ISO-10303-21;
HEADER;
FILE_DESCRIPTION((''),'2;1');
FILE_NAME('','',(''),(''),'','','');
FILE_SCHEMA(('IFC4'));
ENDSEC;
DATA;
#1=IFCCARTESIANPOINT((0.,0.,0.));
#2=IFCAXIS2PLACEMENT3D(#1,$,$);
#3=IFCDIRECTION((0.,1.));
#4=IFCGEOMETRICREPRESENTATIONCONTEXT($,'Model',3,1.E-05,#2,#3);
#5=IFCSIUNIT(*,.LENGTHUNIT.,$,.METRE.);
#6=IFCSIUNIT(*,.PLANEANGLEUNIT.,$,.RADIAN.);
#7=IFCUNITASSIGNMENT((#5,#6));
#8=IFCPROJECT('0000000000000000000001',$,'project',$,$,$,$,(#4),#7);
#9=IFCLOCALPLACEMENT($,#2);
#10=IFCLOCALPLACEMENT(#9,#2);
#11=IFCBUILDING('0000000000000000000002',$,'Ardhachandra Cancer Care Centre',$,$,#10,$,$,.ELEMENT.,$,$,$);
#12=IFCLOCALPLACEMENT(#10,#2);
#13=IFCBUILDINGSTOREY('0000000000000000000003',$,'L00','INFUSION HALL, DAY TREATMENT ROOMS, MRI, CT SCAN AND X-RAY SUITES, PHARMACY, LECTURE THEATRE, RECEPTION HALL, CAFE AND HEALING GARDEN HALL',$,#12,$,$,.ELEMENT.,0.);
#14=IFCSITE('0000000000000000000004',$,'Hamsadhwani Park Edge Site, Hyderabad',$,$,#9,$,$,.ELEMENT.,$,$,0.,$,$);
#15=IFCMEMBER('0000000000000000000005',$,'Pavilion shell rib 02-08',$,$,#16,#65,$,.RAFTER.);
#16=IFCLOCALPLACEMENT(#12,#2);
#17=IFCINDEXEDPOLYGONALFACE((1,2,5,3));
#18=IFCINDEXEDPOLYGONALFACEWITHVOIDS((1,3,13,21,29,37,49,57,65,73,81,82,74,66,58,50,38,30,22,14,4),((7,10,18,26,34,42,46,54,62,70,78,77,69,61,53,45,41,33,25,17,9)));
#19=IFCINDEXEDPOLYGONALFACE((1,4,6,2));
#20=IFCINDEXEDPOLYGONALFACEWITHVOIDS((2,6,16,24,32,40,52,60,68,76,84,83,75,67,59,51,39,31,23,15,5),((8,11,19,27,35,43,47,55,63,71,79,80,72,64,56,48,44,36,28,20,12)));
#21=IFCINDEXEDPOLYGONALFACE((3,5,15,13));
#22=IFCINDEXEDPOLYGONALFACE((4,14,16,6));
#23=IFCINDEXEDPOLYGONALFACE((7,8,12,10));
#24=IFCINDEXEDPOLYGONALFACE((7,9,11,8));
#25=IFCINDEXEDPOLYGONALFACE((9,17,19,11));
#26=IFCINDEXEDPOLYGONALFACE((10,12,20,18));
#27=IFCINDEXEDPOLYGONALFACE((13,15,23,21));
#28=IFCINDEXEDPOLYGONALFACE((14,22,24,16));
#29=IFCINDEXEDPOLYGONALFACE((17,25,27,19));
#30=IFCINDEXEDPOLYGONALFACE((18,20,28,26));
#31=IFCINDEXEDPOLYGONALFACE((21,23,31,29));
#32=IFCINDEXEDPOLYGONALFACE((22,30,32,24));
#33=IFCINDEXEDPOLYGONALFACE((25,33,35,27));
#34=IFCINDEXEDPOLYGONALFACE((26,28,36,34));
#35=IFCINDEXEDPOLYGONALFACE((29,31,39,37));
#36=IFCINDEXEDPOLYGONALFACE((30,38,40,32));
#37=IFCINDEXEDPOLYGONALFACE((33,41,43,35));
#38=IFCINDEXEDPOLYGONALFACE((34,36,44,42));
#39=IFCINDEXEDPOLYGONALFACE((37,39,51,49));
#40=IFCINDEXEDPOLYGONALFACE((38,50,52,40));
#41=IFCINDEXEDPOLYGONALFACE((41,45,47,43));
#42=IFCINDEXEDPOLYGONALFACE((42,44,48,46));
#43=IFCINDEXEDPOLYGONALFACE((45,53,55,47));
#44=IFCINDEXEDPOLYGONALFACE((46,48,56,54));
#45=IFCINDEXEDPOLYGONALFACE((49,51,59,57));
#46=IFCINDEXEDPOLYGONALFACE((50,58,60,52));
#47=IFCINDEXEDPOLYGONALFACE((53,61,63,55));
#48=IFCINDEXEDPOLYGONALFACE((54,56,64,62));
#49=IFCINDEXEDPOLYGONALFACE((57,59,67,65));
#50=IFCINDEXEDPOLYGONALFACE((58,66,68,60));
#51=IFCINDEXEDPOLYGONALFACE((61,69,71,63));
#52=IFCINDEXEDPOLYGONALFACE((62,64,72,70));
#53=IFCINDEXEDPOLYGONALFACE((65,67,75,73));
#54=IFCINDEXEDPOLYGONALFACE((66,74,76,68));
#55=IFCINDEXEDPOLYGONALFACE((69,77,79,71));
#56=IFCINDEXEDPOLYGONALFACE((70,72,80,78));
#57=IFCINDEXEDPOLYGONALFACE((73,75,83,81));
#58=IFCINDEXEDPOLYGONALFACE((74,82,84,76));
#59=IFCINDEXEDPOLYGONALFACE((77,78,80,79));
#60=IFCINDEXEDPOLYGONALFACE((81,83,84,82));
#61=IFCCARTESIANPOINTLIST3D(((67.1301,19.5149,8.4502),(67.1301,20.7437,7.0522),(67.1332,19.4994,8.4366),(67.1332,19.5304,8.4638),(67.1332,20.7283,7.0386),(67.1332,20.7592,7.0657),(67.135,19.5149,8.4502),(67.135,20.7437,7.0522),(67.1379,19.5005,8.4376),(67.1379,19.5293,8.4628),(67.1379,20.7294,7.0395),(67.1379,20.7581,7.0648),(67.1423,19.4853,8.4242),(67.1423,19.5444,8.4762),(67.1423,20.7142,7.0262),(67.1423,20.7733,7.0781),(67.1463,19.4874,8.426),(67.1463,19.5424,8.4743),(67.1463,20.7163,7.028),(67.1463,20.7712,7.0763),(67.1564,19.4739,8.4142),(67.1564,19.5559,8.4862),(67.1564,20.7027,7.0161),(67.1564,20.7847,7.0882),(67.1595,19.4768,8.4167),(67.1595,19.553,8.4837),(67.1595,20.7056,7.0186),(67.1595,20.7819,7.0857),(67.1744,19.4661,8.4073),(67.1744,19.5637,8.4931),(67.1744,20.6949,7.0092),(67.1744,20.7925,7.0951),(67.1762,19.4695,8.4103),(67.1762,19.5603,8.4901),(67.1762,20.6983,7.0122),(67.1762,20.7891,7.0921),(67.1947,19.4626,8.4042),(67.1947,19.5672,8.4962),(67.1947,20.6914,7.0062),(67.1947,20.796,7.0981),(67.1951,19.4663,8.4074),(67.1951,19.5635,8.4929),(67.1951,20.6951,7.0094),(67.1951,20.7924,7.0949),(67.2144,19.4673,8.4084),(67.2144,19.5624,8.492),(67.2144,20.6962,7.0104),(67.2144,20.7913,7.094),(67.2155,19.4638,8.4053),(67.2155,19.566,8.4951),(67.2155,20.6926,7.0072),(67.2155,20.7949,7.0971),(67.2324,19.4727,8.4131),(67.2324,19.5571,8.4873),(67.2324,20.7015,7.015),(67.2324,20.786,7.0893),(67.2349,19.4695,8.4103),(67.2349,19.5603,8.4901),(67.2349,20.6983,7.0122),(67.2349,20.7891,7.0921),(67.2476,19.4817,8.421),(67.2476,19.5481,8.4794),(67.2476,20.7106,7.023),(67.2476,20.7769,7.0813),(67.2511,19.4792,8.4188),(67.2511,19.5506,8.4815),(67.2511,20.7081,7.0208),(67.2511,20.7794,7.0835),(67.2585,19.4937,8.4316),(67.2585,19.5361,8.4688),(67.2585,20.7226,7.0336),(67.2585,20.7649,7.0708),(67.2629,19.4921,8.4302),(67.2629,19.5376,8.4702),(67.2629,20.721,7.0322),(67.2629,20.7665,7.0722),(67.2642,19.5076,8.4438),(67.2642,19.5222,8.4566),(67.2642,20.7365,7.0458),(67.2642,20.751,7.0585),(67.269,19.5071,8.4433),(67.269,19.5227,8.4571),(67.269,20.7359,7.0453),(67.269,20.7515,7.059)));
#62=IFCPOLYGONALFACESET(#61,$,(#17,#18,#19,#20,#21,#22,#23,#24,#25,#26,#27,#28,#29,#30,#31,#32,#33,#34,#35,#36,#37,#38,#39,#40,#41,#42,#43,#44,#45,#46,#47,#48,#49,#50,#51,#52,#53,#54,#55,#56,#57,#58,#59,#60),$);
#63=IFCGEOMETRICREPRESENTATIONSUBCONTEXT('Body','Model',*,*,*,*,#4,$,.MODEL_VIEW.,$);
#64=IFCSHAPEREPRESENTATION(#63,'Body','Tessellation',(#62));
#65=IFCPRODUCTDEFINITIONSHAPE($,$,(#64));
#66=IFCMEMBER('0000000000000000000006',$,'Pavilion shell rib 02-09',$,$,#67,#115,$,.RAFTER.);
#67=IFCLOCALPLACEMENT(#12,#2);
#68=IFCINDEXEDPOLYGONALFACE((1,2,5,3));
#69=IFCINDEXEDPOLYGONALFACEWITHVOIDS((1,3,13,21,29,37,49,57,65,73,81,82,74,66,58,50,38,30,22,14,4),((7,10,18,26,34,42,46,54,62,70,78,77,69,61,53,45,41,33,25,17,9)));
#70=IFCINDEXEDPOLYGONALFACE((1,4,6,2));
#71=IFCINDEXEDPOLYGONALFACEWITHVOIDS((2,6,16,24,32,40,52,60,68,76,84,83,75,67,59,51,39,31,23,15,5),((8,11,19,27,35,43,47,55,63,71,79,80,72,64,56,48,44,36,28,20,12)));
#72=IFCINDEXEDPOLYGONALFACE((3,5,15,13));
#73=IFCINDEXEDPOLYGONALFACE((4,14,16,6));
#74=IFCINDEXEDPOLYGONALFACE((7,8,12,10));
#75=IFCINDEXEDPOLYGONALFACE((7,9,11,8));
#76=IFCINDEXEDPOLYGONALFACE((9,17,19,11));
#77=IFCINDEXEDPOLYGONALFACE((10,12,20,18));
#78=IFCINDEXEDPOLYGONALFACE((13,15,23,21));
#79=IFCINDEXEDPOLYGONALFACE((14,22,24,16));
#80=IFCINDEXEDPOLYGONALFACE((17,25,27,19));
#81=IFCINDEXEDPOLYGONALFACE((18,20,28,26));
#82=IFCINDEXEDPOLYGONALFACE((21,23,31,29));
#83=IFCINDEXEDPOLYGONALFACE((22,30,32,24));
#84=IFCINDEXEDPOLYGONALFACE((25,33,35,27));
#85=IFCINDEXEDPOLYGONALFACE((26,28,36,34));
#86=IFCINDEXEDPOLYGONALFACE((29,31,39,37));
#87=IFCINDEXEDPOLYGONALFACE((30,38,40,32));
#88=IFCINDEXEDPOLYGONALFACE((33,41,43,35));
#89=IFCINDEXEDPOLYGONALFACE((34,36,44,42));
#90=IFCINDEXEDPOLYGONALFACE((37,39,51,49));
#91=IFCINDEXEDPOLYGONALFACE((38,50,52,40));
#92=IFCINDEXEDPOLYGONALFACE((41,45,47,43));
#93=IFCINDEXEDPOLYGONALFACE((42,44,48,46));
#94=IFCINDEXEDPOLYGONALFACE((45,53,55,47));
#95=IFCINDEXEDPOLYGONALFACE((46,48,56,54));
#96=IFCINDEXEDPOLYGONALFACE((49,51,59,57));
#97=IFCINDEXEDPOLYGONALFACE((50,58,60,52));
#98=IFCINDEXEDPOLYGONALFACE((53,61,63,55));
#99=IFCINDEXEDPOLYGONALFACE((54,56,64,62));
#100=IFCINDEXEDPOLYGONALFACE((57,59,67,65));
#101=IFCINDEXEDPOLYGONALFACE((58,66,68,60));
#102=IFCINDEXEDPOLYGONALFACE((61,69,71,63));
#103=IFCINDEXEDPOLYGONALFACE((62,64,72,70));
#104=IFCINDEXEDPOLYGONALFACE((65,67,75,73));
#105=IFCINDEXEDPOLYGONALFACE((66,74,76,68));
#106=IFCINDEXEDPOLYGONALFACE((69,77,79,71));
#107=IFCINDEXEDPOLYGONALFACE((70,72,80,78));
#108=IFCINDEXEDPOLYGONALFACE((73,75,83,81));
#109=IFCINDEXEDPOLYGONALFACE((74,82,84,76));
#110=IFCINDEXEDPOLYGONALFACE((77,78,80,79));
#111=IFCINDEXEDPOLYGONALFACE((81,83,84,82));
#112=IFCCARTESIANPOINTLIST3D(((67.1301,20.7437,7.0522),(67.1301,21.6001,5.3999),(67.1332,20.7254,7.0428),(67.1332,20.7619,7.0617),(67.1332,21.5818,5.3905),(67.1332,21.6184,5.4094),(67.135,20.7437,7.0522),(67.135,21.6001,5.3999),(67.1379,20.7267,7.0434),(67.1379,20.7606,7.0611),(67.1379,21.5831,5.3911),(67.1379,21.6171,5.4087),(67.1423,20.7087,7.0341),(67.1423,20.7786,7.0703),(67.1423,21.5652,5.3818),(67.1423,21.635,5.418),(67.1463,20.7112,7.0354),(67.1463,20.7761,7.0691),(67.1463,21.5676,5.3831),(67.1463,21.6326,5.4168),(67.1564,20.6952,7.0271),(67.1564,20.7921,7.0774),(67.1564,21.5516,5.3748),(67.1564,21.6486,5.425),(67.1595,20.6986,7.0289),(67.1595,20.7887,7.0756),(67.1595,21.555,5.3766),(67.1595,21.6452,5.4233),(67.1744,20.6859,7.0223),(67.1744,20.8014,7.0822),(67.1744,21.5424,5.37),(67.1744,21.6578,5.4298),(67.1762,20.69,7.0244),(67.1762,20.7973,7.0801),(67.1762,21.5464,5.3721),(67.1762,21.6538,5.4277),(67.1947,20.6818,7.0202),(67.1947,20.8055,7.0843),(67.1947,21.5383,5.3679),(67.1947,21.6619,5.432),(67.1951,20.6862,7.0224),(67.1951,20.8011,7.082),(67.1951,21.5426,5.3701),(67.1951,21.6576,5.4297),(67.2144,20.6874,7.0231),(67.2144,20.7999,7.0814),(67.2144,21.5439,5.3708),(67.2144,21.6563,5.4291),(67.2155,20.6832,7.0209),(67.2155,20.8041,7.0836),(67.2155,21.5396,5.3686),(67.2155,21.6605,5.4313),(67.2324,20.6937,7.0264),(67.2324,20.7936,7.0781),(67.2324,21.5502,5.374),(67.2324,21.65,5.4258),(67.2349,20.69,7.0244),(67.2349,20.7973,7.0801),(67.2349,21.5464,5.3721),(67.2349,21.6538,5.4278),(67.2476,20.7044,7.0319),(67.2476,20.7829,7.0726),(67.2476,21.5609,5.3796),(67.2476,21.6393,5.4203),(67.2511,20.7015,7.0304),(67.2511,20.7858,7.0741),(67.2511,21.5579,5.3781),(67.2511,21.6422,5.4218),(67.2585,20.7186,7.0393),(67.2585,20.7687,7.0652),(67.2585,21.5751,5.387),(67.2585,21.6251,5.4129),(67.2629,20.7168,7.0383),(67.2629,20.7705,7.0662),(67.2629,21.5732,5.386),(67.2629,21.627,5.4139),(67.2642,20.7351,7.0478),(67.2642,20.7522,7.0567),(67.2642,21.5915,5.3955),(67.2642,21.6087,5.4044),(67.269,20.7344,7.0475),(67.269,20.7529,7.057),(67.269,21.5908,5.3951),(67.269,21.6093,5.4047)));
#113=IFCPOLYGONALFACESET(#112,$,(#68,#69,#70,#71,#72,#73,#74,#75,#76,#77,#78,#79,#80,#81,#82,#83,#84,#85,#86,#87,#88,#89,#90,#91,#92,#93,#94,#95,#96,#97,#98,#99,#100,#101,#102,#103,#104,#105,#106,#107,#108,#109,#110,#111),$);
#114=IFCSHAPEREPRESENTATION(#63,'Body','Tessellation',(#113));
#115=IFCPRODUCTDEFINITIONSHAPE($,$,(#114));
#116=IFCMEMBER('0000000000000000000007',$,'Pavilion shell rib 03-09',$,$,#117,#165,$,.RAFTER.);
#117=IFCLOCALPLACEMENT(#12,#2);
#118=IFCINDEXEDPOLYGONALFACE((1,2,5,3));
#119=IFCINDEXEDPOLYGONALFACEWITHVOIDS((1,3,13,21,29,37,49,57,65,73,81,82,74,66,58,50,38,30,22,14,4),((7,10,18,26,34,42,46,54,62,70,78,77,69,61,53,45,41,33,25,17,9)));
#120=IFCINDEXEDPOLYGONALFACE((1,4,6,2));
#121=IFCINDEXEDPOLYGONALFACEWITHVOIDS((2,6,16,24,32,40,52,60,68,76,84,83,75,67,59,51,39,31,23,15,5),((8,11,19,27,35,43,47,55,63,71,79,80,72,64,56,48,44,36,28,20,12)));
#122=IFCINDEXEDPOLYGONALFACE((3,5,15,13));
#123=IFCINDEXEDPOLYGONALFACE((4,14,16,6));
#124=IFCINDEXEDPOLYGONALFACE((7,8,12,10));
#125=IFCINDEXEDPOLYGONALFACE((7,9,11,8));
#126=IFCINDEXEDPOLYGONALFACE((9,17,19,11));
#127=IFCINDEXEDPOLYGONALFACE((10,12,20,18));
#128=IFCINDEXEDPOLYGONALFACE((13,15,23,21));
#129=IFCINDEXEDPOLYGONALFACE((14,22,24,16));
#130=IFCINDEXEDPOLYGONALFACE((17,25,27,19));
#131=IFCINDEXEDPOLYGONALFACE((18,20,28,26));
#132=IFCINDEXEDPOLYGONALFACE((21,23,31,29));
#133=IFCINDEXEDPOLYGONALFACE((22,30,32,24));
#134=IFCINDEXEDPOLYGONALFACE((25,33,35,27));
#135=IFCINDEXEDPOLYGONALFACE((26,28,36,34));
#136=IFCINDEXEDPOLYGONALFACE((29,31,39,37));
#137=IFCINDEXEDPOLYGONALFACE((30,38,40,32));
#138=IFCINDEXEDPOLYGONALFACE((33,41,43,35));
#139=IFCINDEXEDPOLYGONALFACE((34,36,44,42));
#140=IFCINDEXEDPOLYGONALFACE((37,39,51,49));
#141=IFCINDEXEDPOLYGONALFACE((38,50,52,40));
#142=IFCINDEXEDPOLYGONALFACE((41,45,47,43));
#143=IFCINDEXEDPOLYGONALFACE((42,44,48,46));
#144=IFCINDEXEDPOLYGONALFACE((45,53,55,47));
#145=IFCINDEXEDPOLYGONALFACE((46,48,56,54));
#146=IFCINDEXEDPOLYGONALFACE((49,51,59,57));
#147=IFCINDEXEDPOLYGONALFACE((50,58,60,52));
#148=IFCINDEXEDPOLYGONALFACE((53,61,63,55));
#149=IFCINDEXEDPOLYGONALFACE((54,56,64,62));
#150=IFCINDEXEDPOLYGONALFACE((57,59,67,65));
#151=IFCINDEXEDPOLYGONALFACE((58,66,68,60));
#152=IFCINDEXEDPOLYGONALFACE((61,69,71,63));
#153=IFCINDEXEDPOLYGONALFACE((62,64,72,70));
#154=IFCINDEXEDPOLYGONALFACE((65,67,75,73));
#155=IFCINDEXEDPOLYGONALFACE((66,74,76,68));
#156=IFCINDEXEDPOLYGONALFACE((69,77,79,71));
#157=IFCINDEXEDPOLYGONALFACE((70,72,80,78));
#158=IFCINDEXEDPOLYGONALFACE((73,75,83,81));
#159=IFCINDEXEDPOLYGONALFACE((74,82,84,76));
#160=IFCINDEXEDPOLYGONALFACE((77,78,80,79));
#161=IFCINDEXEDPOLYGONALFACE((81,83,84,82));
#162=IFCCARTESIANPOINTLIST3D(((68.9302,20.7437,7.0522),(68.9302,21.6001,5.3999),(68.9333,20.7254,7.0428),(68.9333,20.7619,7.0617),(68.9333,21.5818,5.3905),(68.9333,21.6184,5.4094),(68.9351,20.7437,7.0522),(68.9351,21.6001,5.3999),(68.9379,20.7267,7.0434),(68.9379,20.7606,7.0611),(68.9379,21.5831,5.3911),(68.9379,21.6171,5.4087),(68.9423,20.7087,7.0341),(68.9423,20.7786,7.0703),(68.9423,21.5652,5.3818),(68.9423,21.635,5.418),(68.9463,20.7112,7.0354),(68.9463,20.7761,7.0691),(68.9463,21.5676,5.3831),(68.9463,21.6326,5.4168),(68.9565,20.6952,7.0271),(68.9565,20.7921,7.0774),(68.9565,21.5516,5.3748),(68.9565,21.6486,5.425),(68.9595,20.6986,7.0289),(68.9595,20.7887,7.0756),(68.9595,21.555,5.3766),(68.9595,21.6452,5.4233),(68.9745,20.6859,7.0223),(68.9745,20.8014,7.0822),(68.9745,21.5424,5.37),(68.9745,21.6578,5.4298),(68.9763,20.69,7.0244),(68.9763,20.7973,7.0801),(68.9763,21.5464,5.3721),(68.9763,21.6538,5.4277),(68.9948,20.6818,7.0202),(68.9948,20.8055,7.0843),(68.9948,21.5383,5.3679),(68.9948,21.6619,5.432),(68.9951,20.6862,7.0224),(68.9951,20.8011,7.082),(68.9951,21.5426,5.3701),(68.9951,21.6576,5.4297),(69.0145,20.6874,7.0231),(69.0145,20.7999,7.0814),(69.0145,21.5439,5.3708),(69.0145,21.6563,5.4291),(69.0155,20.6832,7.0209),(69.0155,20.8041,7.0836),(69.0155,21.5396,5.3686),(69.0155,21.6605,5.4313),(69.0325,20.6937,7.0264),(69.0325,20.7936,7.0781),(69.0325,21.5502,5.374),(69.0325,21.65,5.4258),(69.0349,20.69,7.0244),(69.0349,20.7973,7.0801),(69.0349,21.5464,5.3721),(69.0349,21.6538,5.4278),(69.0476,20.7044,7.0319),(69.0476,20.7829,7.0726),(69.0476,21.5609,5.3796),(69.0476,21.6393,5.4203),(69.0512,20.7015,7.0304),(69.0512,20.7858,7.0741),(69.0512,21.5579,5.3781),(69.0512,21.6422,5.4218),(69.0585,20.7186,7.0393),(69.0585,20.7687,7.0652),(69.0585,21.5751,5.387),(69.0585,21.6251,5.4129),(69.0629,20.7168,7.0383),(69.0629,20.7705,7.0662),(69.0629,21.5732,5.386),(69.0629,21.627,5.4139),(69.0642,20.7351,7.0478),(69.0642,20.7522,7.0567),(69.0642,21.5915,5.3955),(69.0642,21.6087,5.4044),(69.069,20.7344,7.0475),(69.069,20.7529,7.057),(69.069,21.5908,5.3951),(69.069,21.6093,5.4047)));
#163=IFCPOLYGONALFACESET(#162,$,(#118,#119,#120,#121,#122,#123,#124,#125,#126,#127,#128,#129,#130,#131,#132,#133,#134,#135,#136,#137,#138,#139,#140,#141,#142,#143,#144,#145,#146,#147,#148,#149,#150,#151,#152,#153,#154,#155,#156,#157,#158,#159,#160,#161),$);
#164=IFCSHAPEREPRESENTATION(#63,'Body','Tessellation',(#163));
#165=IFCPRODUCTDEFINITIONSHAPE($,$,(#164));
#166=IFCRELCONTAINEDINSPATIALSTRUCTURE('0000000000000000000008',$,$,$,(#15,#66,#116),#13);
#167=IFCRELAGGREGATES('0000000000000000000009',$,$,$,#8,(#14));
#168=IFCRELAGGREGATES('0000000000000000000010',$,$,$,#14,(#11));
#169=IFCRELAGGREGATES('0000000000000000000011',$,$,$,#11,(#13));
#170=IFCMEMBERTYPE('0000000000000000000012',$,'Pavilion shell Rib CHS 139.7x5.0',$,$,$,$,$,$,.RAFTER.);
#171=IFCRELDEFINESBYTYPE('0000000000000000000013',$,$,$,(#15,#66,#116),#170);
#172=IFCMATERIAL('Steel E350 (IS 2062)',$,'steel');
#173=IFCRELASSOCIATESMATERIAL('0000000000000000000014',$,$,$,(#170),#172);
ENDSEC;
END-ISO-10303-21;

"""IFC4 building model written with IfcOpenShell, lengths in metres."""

from ifc_helpers import new_model, si_unit, direction, frame, origin, origin_2d, place, context, subcontext, project, spatial, hollow_circle, extrude, material, material_profile, profile_set, type_object, element, save


model = new_model("IFC4")

# Units and contexts
model_context = context("Model", 3, precision=1e-05, world=origin(), true_north=direction((0.0, 1.0)))
body_context = subcontext(model_context, "Body", "Model", "MODEL_VIEW")
ifc_project = project(units=[si_unit("LENGTHUNIT", "METRE"), si_unit("PLANEANGLEUNIT", "RADIAN")], contexts=[model_context])

# Site, building, storey
site_placement = place(None, origin())
site = spatial("IfcSite", under=ifc_project, at=site_placement, Name="Hamsadhwani Park Edge Site, Hyderabad", CompositionType="ELEMENT", RefElevation=0.0)
building_placement = place(site_placement, origin())
building = spatial("IfcBuilding", under=site, at=building_placement, Name="Ardhachandra Cancer Care Centre", CompositionType="ELEMENT")
storey_placement = place(building_placement, origin())
storey = spatial("IfcBuildingStorey", under=building, at=storey_placement, Name="L00", Description="INFUSION HALL, DAY TREATMENT ROOMS, MRI, CT SCAN AND X-RAY SUITES, PHARMACY, LECTURE THEATRE, RECEPTION HALL, CAFE AND HEALING GARDEN HALL", CompositionType="ELEMENT", Elevation=0.0)

# Members
ifc_material_1 = material(Name="Steel E350 (IS 2062)", Category="steel")
ifc_material_profile_1 = material_profile(ifc_material_1, hollow_circle(Radius=0.0698, WallThickness=0.0049, at=origin_2d()), Name="CHS 139.7x5.0")
ifc_profile_set_1 = profile_set([ifc_material_profile_1], Name="Steel E350 (IS 2062)")
member_type_1 = type_object("IfcMemberType", Name="Pavilion shell Rib CHS 139.7x5.0", PredefinedType="RAFTER", material=ifc_profile_set_1)
member_1_placement = place(storey_placement, frame((67.2, 19.5149, 8.4502), z_axis=(0.0, 0.660193, -0.751096), x_axis=(-1.0, 0.0, 0.0)))
element("IfcMember", 1, at=member_1_placement, inside=storey, type_object=member_type_1, Name="Pavilion shell rib 02-08", PredefinedType="RAFTER", context=body_context, shape_type="SweptSolid", body=[
    extrude(hollow_circle(Radius=0.0698, WallThickness=0.0049, at=origin_2d()), origin(), (0.0, 0.0, 1.0), 1.8613),
])
for number, where, z_axis, x_axis, name in (
    (2, (67.2, 20.7437, 7.0522), (0.0, 0.460179, -0.887826), (-1.0, 0.0, 0.0), "Pavilion shell rib 02-09"),
    (3, (69.0, 20.7437, 7.0522), (0.0, 0.460179, -0.887826), (-1.0, 0.0, 0.0), "Pavilion shell rib 03-09"),
):
    element("IfcMember", number, at=place(storey_placement, frame(where, z_axis=z_axis, x_axis=x_axis)), inside=storey, type_object=member_type_1, Name=name, PredefinedType="RAFTER", context=body_context, shape_type="SweptSolid", body=[
        extrude(hollow_circle(Radius=0.0698, WallThickness=0.0049, at=origin_2d()), origin(), (0.0, 0.0, 1.0), 1.8611),
    ])

save(model, "model.ifc")
